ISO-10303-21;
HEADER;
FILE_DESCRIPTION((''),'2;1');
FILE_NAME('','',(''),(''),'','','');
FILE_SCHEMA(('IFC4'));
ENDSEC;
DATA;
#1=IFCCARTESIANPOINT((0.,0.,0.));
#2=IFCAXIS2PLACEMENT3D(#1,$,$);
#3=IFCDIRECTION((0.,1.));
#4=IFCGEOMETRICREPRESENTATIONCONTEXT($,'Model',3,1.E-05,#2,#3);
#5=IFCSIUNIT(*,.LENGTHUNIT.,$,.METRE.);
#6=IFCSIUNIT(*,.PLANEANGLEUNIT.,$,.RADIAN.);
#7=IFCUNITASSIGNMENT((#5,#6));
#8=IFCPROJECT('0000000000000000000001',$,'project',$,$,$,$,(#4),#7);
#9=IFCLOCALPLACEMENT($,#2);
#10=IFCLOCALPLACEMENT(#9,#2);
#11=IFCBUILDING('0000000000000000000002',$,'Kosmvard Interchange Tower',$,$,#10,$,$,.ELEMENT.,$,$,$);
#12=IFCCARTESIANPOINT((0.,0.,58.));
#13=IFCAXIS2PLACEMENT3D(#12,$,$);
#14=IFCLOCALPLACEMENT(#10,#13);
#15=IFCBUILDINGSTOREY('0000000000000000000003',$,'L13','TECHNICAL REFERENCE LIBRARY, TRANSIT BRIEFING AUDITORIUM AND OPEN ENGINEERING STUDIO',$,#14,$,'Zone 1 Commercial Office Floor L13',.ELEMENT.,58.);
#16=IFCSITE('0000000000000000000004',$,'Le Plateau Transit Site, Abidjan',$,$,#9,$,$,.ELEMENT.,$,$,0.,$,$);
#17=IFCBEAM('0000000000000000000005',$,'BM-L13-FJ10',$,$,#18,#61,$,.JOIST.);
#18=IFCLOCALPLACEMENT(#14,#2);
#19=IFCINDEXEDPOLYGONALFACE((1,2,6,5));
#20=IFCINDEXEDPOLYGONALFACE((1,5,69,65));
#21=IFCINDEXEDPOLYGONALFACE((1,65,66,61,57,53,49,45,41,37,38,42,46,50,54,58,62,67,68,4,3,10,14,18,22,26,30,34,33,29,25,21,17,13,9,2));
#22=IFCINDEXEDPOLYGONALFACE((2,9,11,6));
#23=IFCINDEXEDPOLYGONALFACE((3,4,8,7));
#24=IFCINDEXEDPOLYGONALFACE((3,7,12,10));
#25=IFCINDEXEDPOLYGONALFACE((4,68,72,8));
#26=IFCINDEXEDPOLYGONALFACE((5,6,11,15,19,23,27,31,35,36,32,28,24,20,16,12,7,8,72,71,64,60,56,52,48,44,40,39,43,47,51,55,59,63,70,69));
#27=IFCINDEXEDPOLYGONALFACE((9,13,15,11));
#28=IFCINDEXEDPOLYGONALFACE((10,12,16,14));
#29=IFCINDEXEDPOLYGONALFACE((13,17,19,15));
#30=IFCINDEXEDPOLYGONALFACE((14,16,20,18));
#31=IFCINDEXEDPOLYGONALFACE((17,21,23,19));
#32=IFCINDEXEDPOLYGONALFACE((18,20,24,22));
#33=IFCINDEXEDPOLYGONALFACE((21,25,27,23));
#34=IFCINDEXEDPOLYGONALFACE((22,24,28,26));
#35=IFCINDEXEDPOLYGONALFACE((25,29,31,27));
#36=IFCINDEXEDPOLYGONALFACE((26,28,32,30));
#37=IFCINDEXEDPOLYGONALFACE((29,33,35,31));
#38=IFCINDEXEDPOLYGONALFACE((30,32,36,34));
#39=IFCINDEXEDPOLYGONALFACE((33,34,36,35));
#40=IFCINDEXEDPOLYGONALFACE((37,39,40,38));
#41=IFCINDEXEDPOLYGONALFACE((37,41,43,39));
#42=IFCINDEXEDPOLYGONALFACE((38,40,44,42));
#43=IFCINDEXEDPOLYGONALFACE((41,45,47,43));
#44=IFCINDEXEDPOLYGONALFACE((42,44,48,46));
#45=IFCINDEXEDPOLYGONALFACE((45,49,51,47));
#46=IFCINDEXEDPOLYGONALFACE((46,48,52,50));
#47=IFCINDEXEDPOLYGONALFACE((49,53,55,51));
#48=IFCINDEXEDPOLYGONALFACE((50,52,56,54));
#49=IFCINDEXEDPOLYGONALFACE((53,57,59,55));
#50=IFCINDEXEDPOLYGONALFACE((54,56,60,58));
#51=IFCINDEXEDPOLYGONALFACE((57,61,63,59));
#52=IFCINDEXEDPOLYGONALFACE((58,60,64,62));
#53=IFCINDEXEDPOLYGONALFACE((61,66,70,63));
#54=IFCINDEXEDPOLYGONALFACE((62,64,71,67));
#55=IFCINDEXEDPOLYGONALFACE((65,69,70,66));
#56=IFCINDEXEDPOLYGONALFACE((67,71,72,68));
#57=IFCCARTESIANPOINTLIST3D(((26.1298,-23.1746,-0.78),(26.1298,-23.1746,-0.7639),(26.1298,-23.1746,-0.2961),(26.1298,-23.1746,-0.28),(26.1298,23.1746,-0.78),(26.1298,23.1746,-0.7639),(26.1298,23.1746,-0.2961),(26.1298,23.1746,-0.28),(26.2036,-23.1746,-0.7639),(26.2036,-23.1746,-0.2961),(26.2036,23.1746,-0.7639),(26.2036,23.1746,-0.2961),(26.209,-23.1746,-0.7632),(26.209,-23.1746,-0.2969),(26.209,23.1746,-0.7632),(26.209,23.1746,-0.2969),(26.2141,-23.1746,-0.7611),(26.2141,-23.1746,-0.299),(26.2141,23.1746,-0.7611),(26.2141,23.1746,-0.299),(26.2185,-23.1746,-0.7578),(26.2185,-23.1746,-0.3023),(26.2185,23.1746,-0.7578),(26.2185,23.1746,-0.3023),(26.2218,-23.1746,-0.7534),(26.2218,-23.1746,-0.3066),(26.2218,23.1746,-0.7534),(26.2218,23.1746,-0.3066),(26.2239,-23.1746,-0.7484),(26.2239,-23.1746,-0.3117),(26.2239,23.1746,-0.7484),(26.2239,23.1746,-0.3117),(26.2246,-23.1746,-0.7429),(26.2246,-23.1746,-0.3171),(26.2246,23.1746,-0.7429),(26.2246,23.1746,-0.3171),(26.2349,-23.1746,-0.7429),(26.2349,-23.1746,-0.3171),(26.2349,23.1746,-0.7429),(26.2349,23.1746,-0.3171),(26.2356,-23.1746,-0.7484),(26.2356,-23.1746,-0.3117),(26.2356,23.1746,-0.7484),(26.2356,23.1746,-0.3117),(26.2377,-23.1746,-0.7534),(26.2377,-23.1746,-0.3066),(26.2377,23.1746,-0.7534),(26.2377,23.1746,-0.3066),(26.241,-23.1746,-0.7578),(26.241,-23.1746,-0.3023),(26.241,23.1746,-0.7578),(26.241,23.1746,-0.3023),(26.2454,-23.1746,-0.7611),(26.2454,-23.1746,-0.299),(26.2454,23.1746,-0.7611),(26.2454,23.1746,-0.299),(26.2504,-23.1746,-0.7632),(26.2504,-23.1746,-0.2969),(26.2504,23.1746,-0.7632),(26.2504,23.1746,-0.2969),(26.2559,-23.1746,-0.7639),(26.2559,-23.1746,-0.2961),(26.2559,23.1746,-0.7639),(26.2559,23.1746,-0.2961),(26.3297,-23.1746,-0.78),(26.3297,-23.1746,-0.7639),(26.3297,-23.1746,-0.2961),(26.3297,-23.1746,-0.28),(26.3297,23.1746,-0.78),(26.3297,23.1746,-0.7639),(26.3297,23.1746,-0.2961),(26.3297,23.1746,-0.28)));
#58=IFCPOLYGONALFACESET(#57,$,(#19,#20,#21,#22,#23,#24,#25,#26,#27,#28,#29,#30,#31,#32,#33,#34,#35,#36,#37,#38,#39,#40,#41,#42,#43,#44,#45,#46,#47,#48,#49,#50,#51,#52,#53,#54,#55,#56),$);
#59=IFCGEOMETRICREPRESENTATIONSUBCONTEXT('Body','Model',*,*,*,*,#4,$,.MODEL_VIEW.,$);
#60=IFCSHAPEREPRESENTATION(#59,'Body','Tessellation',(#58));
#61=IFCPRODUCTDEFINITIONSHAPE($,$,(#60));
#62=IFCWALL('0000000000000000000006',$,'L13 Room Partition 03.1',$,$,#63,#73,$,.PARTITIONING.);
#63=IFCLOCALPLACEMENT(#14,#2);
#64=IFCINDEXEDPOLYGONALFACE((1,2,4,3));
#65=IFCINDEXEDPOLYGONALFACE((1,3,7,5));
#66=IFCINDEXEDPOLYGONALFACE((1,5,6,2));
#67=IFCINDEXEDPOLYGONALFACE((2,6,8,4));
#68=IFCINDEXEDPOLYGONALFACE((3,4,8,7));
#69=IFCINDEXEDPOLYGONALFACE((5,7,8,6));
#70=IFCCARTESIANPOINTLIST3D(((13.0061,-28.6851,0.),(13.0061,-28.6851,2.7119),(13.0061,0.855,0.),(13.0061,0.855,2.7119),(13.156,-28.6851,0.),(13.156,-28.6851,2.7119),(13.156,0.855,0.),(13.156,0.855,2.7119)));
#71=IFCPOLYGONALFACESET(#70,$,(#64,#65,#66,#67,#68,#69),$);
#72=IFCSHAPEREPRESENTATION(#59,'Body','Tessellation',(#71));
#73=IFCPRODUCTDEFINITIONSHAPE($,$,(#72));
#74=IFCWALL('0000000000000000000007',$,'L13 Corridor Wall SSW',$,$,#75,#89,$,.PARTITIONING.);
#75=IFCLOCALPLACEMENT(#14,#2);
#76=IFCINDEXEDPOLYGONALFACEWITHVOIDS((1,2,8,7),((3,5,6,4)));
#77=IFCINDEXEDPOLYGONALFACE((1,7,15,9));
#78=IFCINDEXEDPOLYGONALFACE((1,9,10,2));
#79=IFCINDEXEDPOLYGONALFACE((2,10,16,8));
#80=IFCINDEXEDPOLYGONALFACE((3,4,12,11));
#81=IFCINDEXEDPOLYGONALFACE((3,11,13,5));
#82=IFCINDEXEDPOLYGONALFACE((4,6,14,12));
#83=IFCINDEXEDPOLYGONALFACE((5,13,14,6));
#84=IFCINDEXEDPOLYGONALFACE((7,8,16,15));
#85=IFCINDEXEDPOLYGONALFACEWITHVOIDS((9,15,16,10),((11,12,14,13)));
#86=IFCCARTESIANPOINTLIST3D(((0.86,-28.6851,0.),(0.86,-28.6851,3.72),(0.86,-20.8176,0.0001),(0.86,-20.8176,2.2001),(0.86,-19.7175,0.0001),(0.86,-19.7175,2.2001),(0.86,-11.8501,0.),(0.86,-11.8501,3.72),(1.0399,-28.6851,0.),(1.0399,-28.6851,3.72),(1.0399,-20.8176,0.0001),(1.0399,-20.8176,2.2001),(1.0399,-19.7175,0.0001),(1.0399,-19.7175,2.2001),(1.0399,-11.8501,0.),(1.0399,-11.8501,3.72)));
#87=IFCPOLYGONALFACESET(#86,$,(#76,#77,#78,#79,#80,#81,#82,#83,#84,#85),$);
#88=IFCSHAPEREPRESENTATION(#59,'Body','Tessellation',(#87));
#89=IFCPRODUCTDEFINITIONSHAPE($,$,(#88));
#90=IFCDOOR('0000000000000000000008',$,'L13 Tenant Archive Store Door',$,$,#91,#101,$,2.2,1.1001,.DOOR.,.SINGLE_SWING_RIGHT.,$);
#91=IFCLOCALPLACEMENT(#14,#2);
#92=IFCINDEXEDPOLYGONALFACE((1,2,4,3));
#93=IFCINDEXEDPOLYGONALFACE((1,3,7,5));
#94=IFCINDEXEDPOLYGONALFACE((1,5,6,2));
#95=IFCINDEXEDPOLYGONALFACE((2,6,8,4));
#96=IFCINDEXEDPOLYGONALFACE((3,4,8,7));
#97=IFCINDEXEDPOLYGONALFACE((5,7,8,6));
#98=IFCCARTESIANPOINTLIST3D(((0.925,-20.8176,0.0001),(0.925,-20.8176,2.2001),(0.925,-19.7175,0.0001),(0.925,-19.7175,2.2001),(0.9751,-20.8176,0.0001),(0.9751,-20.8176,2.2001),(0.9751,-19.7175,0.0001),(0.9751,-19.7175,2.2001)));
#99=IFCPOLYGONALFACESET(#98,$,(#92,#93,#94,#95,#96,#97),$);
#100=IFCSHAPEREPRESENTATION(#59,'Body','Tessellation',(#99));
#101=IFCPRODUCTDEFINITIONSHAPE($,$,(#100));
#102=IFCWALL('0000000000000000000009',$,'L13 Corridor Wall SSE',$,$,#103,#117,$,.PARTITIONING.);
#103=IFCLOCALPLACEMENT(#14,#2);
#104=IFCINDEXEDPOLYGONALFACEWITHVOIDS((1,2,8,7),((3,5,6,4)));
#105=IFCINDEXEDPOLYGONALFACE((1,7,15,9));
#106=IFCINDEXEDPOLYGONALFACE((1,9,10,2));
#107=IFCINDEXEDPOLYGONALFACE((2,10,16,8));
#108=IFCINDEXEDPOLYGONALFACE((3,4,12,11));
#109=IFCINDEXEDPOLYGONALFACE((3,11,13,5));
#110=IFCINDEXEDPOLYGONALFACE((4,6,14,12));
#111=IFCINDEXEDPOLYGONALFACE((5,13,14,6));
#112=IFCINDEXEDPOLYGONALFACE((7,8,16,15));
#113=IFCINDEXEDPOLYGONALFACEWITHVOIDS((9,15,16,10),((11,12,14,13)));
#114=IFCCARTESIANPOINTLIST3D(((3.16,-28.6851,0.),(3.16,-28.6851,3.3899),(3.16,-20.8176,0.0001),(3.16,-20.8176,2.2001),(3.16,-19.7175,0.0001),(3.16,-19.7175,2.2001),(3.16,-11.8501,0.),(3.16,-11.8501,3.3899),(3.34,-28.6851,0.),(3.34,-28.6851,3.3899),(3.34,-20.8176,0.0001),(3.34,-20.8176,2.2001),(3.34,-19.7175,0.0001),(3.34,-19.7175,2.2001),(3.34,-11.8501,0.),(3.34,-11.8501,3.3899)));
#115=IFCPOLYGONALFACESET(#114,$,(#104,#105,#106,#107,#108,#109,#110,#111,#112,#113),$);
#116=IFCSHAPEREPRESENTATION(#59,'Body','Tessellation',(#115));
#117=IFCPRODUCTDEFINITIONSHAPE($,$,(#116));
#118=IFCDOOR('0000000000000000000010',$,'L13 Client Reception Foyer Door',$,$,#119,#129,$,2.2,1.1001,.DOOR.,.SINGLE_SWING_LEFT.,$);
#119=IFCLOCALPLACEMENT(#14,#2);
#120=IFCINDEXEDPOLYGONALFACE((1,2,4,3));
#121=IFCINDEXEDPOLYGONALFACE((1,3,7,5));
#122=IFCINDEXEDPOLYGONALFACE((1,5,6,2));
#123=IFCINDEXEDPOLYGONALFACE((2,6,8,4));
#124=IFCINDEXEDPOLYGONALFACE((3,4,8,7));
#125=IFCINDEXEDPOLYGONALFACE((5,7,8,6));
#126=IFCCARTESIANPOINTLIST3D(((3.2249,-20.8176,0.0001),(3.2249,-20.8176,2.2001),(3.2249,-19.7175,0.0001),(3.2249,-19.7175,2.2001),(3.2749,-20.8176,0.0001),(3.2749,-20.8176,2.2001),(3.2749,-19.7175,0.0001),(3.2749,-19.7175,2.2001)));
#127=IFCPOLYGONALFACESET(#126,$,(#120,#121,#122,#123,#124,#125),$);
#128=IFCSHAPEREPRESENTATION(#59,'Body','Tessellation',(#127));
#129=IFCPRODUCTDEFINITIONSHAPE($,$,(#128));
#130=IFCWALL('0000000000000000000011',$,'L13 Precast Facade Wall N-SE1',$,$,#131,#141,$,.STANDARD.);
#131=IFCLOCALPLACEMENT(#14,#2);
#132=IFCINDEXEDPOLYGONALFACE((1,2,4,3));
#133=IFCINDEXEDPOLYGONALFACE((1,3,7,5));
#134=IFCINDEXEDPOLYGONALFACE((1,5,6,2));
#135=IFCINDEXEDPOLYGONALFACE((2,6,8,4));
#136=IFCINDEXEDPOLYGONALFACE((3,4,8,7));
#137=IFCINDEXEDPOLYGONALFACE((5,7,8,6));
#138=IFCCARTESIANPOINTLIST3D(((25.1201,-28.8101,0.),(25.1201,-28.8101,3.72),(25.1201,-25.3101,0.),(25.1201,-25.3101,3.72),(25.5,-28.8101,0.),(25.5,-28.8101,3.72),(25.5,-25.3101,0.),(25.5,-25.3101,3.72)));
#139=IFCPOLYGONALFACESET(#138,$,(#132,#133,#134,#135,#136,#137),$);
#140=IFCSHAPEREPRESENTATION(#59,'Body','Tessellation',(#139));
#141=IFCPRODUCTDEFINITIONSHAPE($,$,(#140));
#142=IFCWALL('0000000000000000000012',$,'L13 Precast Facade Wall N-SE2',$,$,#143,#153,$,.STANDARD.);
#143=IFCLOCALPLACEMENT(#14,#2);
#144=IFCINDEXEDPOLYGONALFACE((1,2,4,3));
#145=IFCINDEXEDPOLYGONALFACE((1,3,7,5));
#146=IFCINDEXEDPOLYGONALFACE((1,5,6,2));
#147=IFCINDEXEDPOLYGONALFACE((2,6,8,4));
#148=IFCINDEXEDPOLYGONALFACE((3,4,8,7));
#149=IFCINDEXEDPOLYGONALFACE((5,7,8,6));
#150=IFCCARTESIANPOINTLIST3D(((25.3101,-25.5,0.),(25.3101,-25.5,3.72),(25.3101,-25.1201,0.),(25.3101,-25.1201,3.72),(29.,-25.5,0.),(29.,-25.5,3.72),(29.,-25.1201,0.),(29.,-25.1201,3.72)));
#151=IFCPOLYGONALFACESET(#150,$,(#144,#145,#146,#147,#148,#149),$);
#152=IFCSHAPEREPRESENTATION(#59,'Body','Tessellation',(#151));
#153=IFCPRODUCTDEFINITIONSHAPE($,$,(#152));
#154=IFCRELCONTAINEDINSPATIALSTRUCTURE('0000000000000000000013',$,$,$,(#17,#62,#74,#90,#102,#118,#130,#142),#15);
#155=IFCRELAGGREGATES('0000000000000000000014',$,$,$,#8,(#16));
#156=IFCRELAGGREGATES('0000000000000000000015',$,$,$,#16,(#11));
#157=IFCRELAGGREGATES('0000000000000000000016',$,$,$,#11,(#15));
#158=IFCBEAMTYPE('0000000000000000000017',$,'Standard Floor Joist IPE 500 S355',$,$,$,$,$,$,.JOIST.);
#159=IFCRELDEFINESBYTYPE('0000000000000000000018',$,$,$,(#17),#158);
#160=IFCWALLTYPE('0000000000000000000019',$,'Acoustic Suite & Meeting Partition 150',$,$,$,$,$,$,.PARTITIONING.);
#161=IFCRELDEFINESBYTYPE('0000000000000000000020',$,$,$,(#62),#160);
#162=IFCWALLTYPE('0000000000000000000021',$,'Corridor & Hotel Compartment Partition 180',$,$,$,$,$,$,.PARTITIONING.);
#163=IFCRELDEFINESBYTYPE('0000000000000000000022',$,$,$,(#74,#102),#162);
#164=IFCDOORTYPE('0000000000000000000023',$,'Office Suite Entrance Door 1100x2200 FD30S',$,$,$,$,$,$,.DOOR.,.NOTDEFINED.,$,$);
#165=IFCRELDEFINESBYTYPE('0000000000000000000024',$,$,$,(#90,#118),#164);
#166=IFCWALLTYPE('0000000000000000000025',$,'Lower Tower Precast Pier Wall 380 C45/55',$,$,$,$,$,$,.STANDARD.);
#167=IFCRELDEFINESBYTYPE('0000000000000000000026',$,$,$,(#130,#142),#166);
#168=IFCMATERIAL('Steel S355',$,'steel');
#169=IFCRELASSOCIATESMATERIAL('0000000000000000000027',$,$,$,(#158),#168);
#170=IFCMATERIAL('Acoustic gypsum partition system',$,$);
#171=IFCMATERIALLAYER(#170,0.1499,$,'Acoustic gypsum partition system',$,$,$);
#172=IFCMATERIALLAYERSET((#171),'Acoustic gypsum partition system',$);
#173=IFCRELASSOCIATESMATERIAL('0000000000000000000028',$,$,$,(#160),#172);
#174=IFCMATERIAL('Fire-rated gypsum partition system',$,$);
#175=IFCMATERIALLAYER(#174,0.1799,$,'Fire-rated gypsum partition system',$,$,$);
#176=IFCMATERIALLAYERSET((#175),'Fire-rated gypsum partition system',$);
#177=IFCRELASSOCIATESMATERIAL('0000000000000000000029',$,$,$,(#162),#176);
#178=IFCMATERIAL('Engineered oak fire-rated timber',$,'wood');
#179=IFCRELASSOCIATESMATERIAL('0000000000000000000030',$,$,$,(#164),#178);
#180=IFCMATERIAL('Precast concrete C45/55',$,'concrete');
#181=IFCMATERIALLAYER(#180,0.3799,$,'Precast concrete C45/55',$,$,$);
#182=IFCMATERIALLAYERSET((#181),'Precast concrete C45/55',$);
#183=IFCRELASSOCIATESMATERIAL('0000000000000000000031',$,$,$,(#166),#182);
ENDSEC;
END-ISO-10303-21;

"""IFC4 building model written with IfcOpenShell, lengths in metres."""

from ifc_helpers import new_model, si_unit, direction, frame, frame_2d, origin, origin_2d, place, context, subcontext, project, spatial, rectangle, i_section, extrude, source, transform, mapped, material, layer, layer_set, material_profile, profile_set, type_object, element, fill, save


model = new_model("IFC4")

# Units and contexts
model_context = context("Model", 3, precision=1e-05, world=origin(), true_north=direction((0.0, 1.0)))
body_context = subcontext(model_context, "Body", "Model", "MODEL_VIEW")
ifc_project = project(units=[si_unit("LENGTHUNIT", "METRE"), si_unit("PLANEANGLEUNIT", "RADIAN")], contexts=[model_context])

# Site, building, storey
site_placement = place(None, origin())
site = spatial("IfcSite", under=ifc_project, at=site_placement, Name="Le Plateau Transit Site, Abidjan", CompositionType="ELEMENT", RefElevation=0.0)
building_placement = place(site_placement, origin())
building = spatial("IfcBuilding", under=site, at=building_placement, Name="Kosmvard Interchange Tower", CompositionType="ELEMENT")
storey_placement = place(building_placement, frame((0.0, 0.0, 58.0)))
storey = spatial("IfcBuildingStorey", under=building, at=storey_placement, Name="L13", Description="TECHNICAL REFERENCE LIBRARY, TRANSIT BRIEFING AUDITORIUM AND OPEN ENGINEERING STUDIO", LongName="Zone 1 Commercial Office Floor L13", CompositionType="ELEMENT", Elevation=58.0)

# Beam
ifc_material_1 = material(Name="Steel S355", Category="steel")
ifc_material_2 = material(Name="Precast concrete C45/55", Category="concrete")
ifc_material_profile_1 = material_profile(ifc_material_1, i_section(OverallWidth=0.2, OverallDepth=0.5, WebThickness=0.0103, FlangeThickness=0.0161, FilletRadius=0.021, at=origin_2d()), Name="IPE 500")
ifc_profile_set_1 = profile_set([ifc_material_profile_1], Name="Steel S355")
beam_type_1 = type_object("IfcBeamType", Name="Standard Floor Joist IPE 500 S355", PredefinedType="JOIST", material=ifc_profile_set_1)
shared_shape_1 = source(origin(), body_context, "Body", "SweptSolid", [
    extrude(i_section(OverallWidth=0.2, OverallDepth=0.5, WebThickness=0.0103, FlangeThickness=0.0161, FilletRadius=0.021, at=origin_2d()), origin(), (0.0, 0.0, 1.0), 46.3491),
])
beam_1_placement = place(storey_placement, frame((26.2297, -23.1746, -0.53), z_axis=(0.0, 1.0, 0.0), x_axis=(-1.0, 0.0, 0.0)))
element("IfcBeam", 1, at=beam_1_placement, inside=storey, type_object=beam_type_1, Name="BM-L13-FJ10", PredefinedType="JOIST", context=body_context, shape_type="MappedRepresentation", body=[
    mapped(shared_shape_1, transform((0.0, 0.0, 0.0), scale=1.0)),
])

# Wall
ifc_material_3 = material(Name="Acoustic gypsum partition system")
ifc_layer_1 = layer(ifc_material_3, 0.1499, Name="Acoustic gypsum partition system")
ifc_layer_set_1 = layer_set([ifc_layer_1], Name="Acoustic gypsum partition system")
wall_type_1 = type_object("IfcWallType", Name="Acoustic Suite & Meeting Partition 150", PredefinedType="PARTITIONING", material=ifc_layer_set_1)
wall_1_placement = place(storey_placement, frame((13.0811, -28.6851, 0.0), z_axis=(0.0, 0.0, 1.0), x_axis=(0.0, 1.0, 0.0)))
element("IfcWall", 2, at=wall_1_placement, inside=storey, type_object=wall_type_1, Name="L13 Room Partition 03.1", PredefinedType="PARTITIONING", context=body_context, shape_type="SweptSolid", body=[
    extrude(rectangle(XDim=29.54, YDim=0.1499, at=frame_2d((14.77, 0.0))), origin(), (0.0, 0.0, 1.0), 2.7119),
])

# Walls, openings, doors
ifc_material_4 = material(Name="Fire-rated gypsum partition system")
ifc_layer_2 = layer(ifc_material_4, 0.1799, Name="Fire-rated gypsum partition system")
ifc_layer_set_2 = layer_set([ifc_layer_2], Name="Fire-rated gypsum partition system")
wall_type_2 = type_object("IfcWallType", Name="Corridor & Hotel Compartment Partition 180", PredefinedType="PARTITIONING", material=ifc_layer_set_2)
wall_2_placement = place(storey_placement, frame((0.95, -28.6851, 0.0), z_axis=(0.0, 0.0, 1.0), x_axis=(0.0, 1.0, 0.0)))
wall_2 = element("IfcWall", 3, at=wall_2_placement, inside=storey, type_object=wall_type_2, Name="L13 Corridor Wall SSW", PredefinedType="PARTITIONING", context=body_context, shape_type="SweptSolid", body=[
    extrude(rectangle(XDim=16.835, YDim=0.1799, at=frame_2d((8.4175, 0.0))), origin(), (0.0, 0.0, 1.0), 3.72),
])
opening_1_placement = place(wall_2_placement, frame((7.8674, 0.0, 0.0)))
opening_1 = element("IfcOpeningElement", 4, at=opening_1_placement, cuts=wall_2, PredefinedType="OPENING", context=body_context, shape_type="SweptSolid", body=[
    extrude(rectangle(XDim=1.1001, YDim=2.2, at=frame_2d((0.55, 1.1001))), frame((0.0, 0.1001, 0.0), z_axis=(0.0, -1.0, 0.0), x_axis=(1.0, 0.0, 0.0)), (0.0, 0.0, 1.0), 0.2),
])
ifc_material_5 = material(Name="Engineered oak fire-rated timber", Category="wood")
door_type_1 = type_object("IfcDoorType", Name="Office Suite Entrance Door 1100x2200 FD30S", OperationType="NOTDEFINED", PredefinedType="DOOR", material=ifc_material_5)
shared_shape_2 = source(origin(), body_context, "Body", "SweptSolid", [
    extrude(rectangle(XDim=1.1001, YDim=2.2, at=frame_2d((0.55, 1.1001))), frame((0.0, 0.0249, 0.0), z_axis=(0.0, -1.0, 0.0), x_axis=(1.0, 0.0, 0.0)), (0.0, 0.0, 1.0), 0.05),
])
door_1_placement = place(opening_1_placement, origin())
door_1 = element("IfcDoor", 5, at=door_1_placement, inside=storey, type_object=door_type_1, Name="L13 Tenant Archive Store Door", OperationType="SINGLE_SWING_RIGHT", OverallHeight=2.2, OverallWidth=1.1001, PredefinedType="DOOR", context=body_context, shape_type="MappedRepresentation", body=[
    mapped(shared_shape_2, transform((0.0, 0.0, 0.0), scale=1.0)),
])
fill(opening_1, door_1)
wall_3_placement = place(storey_placement, frame((3.25, -28.6851, 0.0), z_axis=(0.0, 0.0, 1.0), x_axis=(0.0, 1.0, 0.0)))
wall_3 = element("IfcWall", 6, at=wall_3_placement, inside=storey, type_object=wall_type_2, Name="L13 Corridor Wall SSE", PredefinedType="PARTITIONING", context=body_context, shape_type="SweptSolid", body=[
    extrude(rectangle(XDim=16.835, YDim=0.1799, at=frame_2d((8.4175, 0.0))), origin(), (0.0, 0.0, 1.0), 3.3899),
])
opening_2_placement = place(wall_3_placement, frame((7.8674, 0.0, 0.0)))
opening_2 = element("IfcOpeningElement", 7, at=opening_2_placement, cuts=wall_3, PredefinedType="OPENING", context=body_context, shape_type="SweptSolid", body=[
    extrude(rectangle(XDim=1.1001, YDim=2.2, at=frame_2d((0.55, 1.1001))), frame((0.0, 0.1001, 0.0), z_axis=(0.0, -1.0, 0.0), x_axis=(1.0, 0.0, 0.0)), (0.0, 0.0, 1.0), 0.2),
])
door_2_placement = place(opening_2_placement, frame((1.1001, 0.0, 0.0), z_axis=(0.0, 0.0, 1.0), x_axis=(-1.0, 0.0, 0.0)))
door_2 = element("IfcDoor", 8, at=door_2_placement, inside=storey, type_object=door_type_1, Name="L13 Client Reception Foyer Door", OperationType="SINGLE_SWING_LEFT", OverallHeight=2.2, OverallWidth=1.1001, PredefinedType="DOOR", context=body_context, shape_type="MappedRepresentation", body=[
    mapped(shared_shape_2, transform((0.0, 0.0, 0.0), scale=1.0)),
])
fill(opening_2, door_2)

# Walls
ifc_layer_3 = layer(ifc_material_2, 0.3799, Name="Precast concrete C45/55")
ifc_layer_set_3 = layer_set([ifc_layer_3], Name="Precast concrete C45/55")
wall_type_3 = type_object("IfcWallType", Name="Lower Tower Precast Pier Wall 380 C45/55", PredefinedType="STANDARD", material=ifc_layer_set_3)
wall_4_placement = place(storey_placement, frame((25.3101, -28.8101, 0.0), z_axis=(0.0, 0.0, 1.0), x_axis=(0.0, 1.0, 0.0)))
element("IfcWall", 9, at=wall_4_placement, inside=storey, type_object=wall_type_3, Name="L13 Precast Facade Wall N-SE1", PredefinedType="STANDARD", context=body_context, shape_type="SweptSolid", body=[
    extrude(rectangle(XDim=3.5, YDim=0.3799, at=frame_2d((1.75, 0.0))), origin(), (0.0, 0.0, 1.0), 3.72),
])
wall_5_placement = place(storey_placement, frame((25.3101, -25.3101, 0.0), z_axis=(0.0, 0.0, 1.0), x_axis=(1.0, 0.0, 0.0)))
element("IfcWall", 10, at=wall_5_placement, inside=storey, type_object=wall_type_3, Name="L13 Precast Facade Wall N-SE2", PredefinedType="STANDARD", context=body_context, shape_type="SweptSolid", body=[
    extrude(rectangle(XDim=3.6899, YDim=0.3799, at=frame_2d((1.845, 0.0))), origin(), (0.0, 0.0, 1.0), 3.72),
])

save(model, "model.ifc")
